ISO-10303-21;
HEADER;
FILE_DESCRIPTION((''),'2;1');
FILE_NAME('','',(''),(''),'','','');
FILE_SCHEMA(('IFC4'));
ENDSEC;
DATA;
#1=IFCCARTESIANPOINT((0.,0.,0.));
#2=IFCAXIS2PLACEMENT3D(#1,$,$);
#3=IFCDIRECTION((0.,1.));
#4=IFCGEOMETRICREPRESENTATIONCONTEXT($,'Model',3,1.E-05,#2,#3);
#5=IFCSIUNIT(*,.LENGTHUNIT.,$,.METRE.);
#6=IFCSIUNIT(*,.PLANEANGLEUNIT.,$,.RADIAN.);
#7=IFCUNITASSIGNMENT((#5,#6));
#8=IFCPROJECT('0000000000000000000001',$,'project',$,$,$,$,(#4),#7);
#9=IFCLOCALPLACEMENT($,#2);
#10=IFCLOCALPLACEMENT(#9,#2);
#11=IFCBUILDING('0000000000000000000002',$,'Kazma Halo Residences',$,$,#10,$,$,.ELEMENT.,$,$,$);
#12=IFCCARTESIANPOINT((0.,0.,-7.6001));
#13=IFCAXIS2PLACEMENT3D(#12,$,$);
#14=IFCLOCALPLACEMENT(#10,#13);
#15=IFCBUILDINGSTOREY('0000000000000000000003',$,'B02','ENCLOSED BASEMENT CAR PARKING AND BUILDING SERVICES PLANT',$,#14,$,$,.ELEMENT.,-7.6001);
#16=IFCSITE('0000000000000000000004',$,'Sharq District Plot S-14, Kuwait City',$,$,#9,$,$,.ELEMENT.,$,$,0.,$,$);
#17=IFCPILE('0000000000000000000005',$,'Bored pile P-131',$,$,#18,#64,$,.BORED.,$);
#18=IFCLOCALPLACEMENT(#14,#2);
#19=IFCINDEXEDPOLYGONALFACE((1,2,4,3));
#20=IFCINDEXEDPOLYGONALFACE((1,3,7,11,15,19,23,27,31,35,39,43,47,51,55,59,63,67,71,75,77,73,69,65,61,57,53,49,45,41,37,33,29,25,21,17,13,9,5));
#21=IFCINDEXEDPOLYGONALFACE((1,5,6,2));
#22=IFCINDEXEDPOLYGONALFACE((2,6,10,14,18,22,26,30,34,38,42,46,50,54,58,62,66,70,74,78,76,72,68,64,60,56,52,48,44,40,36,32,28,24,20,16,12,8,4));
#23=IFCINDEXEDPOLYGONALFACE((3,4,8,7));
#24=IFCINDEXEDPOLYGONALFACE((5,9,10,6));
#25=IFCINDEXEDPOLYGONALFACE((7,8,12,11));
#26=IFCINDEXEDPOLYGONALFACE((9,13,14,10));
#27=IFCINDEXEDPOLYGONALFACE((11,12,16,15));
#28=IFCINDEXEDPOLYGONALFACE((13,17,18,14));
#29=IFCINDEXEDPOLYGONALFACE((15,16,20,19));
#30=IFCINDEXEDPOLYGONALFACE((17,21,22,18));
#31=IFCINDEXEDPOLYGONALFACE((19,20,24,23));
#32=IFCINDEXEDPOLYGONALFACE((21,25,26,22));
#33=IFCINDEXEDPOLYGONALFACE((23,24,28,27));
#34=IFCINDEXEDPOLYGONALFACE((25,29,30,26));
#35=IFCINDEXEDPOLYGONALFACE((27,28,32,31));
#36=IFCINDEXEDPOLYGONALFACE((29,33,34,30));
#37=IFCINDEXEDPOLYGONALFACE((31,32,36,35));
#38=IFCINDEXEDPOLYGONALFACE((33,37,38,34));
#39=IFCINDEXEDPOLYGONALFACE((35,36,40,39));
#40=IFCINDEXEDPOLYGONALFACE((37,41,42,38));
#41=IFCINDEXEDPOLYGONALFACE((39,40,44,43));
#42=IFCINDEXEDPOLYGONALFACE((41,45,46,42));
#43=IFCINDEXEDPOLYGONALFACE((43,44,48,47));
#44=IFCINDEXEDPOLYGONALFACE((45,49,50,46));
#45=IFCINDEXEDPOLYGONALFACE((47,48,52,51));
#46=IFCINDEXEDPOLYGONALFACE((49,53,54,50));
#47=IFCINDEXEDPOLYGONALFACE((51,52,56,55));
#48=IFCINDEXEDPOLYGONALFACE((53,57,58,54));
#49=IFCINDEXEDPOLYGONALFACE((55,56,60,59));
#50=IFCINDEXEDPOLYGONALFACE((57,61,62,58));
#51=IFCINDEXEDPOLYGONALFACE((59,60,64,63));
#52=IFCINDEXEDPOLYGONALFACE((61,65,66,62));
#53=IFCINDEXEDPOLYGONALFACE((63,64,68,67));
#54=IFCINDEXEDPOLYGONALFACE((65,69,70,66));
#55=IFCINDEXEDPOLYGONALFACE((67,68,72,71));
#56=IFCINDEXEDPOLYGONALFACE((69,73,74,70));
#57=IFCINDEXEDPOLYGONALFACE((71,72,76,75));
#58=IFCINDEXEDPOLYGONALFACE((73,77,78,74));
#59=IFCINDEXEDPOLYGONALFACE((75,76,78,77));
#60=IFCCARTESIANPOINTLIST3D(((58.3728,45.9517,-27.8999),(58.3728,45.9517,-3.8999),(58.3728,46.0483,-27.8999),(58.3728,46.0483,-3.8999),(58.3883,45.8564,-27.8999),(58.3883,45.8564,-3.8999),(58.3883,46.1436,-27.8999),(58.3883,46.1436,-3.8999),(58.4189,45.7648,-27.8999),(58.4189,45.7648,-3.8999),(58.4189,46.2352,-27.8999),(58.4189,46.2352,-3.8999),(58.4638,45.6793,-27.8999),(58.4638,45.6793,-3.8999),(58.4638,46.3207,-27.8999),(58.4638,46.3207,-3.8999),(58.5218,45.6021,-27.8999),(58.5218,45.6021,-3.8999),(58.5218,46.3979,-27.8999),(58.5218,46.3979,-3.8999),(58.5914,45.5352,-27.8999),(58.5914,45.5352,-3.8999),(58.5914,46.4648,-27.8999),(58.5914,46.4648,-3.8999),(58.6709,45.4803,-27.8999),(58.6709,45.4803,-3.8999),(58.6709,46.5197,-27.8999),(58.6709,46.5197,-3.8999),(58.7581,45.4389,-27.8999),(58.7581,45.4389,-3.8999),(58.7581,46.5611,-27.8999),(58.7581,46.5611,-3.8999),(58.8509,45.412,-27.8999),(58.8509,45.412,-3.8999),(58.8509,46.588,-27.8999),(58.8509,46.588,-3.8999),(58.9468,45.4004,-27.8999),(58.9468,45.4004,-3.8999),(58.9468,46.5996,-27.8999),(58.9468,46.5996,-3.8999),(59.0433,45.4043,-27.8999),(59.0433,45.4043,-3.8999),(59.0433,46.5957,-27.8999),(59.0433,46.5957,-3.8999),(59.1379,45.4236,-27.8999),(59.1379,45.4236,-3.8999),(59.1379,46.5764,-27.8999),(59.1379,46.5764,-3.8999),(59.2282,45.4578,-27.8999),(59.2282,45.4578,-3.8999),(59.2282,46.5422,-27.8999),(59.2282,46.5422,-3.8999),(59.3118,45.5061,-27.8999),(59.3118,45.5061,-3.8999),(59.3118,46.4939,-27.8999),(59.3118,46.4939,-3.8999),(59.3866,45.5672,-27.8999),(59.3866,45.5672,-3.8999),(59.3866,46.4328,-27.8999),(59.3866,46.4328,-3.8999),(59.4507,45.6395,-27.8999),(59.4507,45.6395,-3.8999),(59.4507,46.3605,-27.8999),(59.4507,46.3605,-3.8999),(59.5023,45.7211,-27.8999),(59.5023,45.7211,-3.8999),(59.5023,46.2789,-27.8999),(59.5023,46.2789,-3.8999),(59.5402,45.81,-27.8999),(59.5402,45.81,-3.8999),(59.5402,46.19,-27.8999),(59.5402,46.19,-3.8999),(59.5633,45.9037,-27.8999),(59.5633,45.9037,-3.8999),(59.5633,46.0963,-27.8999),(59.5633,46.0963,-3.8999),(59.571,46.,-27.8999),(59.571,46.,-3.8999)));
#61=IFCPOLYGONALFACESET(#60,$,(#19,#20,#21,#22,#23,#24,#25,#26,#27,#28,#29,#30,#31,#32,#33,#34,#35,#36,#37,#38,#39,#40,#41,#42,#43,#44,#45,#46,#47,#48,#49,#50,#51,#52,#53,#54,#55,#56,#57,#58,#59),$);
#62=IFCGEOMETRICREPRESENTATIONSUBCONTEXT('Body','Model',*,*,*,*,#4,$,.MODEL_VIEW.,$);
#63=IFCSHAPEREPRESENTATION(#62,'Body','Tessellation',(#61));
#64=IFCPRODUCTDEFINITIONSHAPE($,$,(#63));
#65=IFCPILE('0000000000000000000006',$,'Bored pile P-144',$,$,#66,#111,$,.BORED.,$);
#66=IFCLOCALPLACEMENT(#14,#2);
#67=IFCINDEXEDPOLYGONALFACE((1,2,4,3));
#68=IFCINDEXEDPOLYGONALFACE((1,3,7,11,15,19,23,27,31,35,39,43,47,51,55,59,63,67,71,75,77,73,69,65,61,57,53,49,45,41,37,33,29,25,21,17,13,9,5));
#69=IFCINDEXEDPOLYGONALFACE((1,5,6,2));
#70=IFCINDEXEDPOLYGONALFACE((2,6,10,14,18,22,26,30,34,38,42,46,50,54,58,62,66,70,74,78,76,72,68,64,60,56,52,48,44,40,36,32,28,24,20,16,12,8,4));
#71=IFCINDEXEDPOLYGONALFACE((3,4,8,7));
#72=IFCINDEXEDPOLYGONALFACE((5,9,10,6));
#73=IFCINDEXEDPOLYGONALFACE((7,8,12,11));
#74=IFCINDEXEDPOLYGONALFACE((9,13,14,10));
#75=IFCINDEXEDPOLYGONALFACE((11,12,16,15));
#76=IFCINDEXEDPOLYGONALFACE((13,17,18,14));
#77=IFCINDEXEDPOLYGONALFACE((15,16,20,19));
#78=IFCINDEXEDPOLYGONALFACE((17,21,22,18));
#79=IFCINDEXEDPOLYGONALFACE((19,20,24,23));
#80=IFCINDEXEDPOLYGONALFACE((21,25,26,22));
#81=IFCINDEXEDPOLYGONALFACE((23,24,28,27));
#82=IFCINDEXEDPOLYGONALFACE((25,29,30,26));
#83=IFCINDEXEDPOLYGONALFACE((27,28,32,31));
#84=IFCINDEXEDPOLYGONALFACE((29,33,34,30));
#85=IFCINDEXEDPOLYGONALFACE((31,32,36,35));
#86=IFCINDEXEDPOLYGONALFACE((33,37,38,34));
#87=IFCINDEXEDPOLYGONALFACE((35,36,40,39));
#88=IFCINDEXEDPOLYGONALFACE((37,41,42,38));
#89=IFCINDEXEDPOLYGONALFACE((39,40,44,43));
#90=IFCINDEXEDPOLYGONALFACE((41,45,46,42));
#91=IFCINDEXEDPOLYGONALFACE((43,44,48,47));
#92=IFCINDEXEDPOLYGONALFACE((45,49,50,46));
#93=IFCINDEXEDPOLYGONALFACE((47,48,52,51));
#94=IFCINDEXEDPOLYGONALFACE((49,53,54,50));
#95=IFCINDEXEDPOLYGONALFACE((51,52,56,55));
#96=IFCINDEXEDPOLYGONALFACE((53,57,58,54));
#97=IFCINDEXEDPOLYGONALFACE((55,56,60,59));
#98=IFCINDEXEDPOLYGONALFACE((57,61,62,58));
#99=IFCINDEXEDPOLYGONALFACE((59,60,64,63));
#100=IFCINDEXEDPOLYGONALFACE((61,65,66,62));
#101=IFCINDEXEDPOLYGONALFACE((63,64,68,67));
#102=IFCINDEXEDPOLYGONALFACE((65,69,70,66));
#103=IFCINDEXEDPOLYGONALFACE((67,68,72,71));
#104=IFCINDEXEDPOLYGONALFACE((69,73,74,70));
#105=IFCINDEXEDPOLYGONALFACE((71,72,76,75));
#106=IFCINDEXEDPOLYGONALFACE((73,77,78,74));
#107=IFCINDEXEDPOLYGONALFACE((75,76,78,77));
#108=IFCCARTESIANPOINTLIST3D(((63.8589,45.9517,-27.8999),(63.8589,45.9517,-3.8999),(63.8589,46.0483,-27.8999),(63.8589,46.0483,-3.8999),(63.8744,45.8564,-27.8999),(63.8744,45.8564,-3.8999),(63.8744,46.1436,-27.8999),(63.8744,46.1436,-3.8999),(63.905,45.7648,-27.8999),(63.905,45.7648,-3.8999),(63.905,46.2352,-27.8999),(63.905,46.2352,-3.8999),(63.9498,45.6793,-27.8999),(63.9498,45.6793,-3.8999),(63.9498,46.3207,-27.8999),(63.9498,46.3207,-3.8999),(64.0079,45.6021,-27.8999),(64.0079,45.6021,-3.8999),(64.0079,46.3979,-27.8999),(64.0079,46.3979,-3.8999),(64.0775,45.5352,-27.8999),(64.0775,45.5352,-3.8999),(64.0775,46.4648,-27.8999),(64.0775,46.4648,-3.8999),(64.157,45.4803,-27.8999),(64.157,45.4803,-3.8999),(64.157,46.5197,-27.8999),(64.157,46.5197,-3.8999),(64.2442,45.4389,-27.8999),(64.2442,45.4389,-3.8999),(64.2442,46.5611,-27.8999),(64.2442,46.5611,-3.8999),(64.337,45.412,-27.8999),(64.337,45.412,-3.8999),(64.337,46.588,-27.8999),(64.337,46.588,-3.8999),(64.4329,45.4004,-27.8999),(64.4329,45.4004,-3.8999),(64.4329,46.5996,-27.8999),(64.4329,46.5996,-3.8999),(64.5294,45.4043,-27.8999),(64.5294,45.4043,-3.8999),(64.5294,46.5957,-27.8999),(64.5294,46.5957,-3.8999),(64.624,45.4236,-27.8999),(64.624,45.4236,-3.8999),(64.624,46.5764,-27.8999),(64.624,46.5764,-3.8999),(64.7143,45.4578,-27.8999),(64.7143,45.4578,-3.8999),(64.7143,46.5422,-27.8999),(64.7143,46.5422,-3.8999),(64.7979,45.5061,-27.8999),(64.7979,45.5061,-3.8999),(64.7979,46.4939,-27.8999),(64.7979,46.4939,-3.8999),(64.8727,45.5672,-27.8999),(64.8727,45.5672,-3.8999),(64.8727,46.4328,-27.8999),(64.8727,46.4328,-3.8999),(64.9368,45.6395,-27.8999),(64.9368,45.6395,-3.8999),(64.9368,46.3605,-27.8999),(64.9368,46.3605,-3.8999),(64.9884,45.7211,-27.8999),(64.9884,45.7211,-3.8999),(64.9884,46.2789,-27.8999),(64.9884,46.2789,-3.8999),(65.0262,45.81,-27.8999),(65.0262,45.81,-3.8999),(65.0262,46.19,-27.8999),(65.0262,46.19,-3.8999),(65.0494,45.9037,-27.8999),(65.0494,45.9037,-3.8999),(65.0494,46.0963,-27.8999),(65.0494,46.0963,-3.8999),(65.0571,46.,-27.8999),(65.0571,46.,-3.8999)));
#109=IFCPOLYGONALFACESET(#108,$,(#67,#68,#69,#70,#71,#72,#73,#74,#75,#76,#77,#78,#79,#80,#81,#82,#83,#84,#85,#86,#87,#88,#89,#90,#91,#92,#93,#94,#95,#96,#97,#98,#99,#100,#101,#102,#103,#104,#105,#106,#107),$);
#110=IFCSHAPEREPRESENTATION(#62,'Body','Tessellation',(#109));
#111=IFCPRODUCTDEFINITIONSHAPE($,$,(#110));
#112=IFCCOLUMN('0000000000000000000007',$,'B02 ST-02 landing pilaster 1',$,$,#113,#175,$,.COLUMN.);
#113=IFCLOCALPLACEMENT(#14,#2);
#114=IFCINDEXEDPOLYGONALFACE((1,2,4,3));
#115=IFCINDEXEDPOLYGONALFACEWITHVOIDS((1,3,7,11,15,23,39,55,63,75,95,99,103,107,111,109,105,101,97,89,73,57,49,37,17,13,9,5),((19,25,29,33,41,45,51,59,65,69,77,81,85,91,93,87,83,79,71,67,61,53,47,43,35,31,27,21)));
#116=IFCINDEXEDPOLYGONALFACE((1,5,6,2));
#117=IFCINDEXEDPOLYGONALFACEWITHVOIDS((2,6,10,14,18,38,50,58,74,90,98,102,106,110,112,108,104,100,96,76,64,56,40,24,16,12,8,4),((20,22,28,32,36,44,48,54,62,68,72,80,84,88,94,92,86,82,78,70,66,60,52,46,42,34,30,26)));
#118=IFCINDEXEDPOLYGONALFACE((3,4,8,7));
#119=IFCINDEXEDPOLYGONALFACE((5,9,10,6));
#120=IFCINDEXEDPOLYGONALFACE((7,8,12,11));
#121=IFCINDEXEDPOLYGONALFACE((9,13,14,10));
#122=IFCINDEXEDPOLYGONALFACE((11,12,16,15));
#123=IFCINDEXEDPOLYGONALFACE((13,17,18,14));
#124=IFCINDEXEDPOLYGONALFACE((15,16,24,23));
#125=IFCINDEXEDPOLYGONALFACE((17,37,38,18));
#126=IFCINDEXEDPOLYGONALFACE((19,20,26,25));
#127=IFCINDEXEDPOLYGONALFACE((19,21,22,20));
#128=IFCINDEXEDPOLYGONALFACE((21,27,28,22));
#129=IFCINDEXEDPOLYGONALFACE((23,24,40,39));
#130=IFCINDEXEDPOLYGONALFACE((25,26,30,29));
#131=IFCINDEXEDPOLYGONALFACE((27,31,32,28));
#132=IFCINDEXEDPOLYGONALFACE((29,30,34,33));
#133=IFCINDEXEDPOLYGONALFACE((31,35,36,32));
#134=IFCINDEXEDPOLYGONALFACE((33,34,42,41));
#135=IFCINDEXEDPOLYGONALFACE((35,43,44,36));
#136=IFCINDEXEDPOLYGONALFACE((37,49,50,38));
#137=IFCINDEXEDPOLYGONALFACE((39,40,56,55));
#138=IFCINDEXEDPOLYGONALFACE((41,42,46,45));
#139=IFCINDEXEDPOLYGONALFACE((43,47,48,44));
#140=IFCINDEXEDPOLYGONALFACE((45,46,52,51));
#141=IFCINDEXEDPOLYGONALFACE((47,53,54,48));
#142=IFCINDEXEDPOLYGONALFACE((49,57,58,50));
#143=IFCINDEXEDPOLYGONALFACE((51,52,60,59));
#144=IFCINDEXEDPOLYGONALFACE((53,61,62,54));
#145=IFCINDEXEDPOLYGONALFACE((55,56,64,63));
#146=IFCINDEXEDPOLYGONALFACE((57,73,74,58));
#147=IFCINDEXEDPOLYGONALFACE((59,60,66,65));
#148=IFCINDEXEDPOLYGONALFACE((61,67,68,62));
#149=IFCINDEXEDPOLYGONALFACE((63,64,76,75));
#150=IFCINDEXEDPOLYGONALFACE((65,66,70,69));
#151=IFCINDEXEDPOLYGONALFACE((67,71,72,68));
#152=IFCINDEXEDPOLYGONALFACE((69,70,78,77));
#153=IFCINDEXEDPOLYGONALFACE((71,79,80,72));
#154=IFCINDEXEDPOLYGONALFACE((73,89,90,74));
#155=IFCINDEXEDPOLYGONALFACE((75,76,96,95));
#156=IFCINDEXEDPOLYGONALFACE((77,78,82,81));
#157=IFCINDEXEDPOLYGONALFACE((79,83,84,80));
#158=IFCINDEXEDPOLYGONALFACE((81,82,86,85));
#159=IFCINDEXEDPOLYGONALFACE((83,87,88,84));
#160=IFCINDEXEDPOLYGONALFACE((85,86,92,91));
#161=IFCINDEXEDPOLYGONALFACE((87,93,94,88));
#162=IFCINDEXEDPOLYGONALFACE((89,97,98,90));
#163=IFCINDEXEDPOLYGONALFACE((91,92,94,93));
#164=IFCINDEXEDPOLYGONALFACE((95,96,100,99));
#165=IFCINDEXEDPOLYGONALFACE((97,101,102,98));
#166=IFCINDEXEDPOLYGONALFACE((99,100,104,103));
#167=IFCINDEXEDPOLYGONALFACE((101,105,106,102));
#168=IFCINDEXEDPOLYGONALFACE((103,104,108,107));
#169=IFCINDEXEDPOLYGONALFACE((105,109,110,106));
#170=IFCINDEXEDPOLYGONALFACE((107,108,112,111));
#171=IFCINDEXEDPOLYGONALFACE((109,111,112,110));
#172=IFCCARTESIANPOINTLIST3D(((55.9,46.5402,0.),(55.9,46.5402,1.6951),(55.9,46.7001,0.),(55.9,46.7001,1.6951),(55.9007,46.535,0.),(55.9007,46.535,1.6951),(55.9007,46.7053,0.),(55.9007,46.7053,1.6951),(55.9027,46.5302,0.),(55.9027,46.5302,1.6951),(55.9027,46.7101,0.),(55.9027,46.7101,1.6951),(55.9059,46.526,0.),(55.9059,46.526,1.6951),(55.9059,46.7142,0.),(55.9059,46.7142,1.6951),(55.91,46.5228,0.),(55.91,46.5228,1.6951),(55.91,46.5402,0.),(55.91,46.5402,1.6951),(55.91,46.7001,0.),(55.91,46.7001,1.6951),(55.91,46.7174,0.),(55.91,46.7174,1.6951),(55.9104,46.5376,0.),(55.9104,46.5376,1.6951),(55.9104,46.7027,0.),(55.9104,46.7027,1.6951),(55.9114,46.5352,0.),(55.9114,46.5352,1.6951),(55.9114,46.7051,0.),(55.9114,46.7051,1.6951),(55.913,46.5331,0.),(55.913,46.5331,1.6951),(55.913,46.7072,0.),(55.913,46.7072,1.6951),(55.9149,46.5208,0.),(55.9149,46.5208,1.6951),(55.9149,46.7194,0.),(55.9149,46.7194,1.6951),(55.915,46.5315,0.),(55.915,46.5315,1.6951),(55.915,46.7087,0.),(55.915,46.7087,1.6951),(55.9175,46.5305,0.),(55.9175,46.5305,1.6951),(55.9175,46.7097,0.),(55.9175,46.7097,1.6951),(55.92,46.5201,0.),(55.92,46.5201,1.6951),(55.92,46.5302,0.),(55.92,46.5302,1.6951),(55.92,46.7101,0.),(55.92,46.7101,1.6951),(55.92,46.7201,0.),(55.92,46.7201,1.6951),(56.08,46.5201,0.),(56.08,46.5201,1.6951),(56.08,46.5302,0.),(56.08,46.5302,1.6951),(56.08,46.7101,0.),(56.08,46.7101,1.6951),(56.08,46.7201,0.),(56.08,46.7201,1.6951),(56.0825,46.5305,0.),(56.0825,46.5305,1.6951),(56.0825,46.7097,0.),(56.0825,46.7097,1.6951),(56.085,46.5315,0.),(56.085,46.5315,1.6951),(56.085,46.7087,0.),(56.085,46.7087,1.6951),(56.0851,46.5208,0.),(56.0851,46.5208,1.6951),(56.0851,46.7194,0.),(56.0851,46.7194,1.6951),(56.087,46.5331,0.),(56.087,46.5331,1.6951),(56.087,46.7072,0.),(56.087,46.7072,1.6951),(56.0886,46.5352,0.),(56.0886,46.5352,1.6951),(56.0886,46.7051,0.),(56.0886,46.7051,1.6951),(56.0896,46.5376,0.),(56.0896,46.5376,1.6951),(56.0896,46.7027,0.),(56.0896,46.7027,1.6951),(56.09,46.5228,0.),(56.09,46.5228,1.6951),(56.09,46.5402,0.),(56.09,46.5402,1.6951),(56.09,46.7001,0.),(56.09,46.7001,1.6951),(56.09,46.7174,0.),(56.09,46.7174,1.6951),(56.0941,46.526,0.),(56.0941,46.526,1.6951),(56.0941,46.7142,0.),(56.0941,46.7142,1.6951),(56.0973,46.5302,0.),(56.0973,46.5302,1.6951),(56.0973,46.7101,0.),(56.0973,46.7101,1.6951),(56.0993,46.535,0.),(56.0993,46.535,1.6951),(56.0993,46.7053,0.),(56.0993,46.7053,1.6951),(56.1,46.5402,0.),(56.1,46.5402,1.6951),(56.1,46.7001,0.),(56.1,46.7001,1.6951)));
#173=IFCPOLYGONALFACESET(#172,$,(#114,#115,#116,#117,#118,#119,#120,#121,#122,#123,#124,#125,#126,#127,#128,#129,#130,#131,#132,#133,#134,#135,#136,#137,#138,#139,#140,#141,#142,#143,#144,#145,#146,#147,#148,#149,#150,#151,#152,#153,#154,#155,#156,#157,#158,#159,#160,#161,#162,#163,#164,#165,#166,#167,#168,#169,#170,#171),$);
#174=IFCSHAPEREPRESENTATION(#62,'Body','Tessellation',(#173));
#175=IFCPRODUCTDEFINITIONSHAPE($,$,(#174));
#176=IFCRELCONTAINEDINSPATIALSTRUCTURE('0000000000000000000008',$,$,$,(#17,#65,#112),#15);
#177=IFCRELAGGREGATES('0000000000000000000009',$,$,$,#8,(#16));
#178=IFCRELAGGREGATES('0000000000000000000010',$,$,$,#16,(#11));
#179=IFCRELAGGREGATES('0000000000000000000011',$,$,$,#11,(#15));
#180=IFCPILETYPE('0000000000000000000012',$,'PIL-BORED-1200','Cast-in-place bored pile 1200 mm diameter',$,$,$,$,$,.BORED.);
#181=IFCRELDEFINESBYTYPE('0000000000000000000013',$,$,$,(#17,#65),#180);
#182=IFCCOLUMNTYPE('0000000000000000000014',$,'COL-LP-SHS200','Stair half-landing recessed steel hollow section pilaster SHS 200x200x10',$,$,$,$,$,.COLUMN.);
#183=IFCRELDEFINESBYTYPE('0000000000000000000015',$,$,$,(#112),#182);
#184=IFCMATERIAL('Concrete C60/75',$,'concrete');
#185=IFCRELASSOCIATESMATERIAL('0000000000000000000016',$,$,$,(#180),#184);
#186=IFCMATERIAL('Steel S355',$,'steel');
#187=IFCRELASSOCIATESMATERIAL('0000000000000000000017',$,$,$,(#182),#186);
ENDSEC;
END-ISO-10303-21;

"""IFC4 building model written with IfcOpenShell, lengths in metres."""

from ifc_helpers import new_model, si_unit, direction, frame, origin, origin_2d, place, context, subcontext, project, spatial, hollow_rectangle, circle, extrude, material, material_profile, profile_set, type_object, element, save


model = new_model("IFC4")

# Units and contexts
model_context = context("Model", 3, precision=1e-05, world=origin(), true_north=direction((0.0, 1.0)))
body_context = subcontext(model_context, "Body", "Model", "MODEL_VIEW")
ifc_project = project(units=[si_unit("LENGTHUNIT", "METRE"), si_unit("PLANEANGLEUNIT", "RADIAN")], contexts=[model_context])

# Site, building, storey
site_placement = place(None, origin())
site = spatial("IfcSite", under=ifc_project, at=site_placement, Name="Sharq District Plot S-14, Kuwait City", CompositionType="ELEMENT", RefElevation=0.0)
building_placement = place(site_placement, origin())
building = spatial("IfcBuilding", under=site, at=building_placement, Name="Kazma Halo Residences", CompositionType="ELEMENT")
storey_placement = place(building_placement, frame((0.0, 0.0, -7.6001)))
storey = spatial("IfcBuildingStorey", under=building, at=storey_placement, Name="B02", Description="ENCLOSED BASEMENT CAR PARKING AND BUILDING SERVICES PLANT", CompositionType="ELEMENT", Elevation=-7.6001)

# Piles
ifc_material_1 = material(Name="Concrete C60/75", Category="concrete")
ifc_material_profile_1 = material_profile(ifc_material_1, circle(Radius=0.6001, at=origin_2d()), Name="CIRC1200")
ifc_profile_set_1 = profile_set([ifc_material_profile_1], Name="Concrete C60/75")
pile_type = type_object("IfcPileType", Name="PIL-BORED-1200", Description="Cast-in-place bored pile 1200 mm diameter", PredefinedType="BORED", material=ifc_profile_set_1)
for number, where, z_axis, x_axis, name in (
    (1, (58.9709, 46.0, -3.8999), (0.0, 0.0, -1.0), (1.0, 0.0, 0.0), "Bored pile P-131"),
    (2, (64.457, 46.0, -3.8999), (0.0, 0.0, -1.0), (1.0, 0.0, 0.0), "Bored pile P-144"),
):
    element("IfcPile", number, at=place(storey_placement, frame(where, z_axis=z_axis, x_axis=x_axis)), inside=storey, type_object=pile_type, Name=name, PredefinedType="BORED", context=body_context, shape_type="SweptSolid", body=[
        extrude(circle(Radius=0.6001, at=origin_2d()), origin(), (0.0, 0.0, 1.0), 24.0),
    ])

# Column
ifc_material_2 = material(Name="Steel S355", Category="steel")
ifc_material_profile_2 = material_profile(ifc_material_2, hollow_rectangle(XDim=0.2, YDim=0.2, WallThickness=0.01, InnerFilletRadius=0.01, OuterFilletRadius=0.02, at=origin_2d()), Name="SHS200x200x10")
ifc_profile_set_2 = profile_set([ifc_material_profile_2], Name="Steel S355")
column_type = type_object("IfcColumnType", Name="COL-LP-SHS200", Description="Stair half-landing recessed steel hollow section pilaster SHS 200x200x10", PredefinedType="COLUMN", material=ifc_profile_set_2)
column_placement = place(storey_placement, frame((56.0, 46.6201, 0.0), z_axis=(0.0, 0.0, 1.0), x_axis=(1.0, 0.0, 0.0)))
element("IfcColumn", 3, at=column_placement, inside=storey, type_object=column_type, Name="B02 ST-02 landing pilaster 1", PredefinedType="COLUMN", context=body_context, shape_type="SweptSolid", body=[
    extrude(hollow_rectangle(XDim=0.2, YDim=0.2, WallThickness=0.01, InnerFilletRadius=0.01, OuterFilletRadius=0.02, at=origin_2d()), origin(), (0.0, 0.0, 1.0), 1.6951),
])

save(model, "model.ifc")
